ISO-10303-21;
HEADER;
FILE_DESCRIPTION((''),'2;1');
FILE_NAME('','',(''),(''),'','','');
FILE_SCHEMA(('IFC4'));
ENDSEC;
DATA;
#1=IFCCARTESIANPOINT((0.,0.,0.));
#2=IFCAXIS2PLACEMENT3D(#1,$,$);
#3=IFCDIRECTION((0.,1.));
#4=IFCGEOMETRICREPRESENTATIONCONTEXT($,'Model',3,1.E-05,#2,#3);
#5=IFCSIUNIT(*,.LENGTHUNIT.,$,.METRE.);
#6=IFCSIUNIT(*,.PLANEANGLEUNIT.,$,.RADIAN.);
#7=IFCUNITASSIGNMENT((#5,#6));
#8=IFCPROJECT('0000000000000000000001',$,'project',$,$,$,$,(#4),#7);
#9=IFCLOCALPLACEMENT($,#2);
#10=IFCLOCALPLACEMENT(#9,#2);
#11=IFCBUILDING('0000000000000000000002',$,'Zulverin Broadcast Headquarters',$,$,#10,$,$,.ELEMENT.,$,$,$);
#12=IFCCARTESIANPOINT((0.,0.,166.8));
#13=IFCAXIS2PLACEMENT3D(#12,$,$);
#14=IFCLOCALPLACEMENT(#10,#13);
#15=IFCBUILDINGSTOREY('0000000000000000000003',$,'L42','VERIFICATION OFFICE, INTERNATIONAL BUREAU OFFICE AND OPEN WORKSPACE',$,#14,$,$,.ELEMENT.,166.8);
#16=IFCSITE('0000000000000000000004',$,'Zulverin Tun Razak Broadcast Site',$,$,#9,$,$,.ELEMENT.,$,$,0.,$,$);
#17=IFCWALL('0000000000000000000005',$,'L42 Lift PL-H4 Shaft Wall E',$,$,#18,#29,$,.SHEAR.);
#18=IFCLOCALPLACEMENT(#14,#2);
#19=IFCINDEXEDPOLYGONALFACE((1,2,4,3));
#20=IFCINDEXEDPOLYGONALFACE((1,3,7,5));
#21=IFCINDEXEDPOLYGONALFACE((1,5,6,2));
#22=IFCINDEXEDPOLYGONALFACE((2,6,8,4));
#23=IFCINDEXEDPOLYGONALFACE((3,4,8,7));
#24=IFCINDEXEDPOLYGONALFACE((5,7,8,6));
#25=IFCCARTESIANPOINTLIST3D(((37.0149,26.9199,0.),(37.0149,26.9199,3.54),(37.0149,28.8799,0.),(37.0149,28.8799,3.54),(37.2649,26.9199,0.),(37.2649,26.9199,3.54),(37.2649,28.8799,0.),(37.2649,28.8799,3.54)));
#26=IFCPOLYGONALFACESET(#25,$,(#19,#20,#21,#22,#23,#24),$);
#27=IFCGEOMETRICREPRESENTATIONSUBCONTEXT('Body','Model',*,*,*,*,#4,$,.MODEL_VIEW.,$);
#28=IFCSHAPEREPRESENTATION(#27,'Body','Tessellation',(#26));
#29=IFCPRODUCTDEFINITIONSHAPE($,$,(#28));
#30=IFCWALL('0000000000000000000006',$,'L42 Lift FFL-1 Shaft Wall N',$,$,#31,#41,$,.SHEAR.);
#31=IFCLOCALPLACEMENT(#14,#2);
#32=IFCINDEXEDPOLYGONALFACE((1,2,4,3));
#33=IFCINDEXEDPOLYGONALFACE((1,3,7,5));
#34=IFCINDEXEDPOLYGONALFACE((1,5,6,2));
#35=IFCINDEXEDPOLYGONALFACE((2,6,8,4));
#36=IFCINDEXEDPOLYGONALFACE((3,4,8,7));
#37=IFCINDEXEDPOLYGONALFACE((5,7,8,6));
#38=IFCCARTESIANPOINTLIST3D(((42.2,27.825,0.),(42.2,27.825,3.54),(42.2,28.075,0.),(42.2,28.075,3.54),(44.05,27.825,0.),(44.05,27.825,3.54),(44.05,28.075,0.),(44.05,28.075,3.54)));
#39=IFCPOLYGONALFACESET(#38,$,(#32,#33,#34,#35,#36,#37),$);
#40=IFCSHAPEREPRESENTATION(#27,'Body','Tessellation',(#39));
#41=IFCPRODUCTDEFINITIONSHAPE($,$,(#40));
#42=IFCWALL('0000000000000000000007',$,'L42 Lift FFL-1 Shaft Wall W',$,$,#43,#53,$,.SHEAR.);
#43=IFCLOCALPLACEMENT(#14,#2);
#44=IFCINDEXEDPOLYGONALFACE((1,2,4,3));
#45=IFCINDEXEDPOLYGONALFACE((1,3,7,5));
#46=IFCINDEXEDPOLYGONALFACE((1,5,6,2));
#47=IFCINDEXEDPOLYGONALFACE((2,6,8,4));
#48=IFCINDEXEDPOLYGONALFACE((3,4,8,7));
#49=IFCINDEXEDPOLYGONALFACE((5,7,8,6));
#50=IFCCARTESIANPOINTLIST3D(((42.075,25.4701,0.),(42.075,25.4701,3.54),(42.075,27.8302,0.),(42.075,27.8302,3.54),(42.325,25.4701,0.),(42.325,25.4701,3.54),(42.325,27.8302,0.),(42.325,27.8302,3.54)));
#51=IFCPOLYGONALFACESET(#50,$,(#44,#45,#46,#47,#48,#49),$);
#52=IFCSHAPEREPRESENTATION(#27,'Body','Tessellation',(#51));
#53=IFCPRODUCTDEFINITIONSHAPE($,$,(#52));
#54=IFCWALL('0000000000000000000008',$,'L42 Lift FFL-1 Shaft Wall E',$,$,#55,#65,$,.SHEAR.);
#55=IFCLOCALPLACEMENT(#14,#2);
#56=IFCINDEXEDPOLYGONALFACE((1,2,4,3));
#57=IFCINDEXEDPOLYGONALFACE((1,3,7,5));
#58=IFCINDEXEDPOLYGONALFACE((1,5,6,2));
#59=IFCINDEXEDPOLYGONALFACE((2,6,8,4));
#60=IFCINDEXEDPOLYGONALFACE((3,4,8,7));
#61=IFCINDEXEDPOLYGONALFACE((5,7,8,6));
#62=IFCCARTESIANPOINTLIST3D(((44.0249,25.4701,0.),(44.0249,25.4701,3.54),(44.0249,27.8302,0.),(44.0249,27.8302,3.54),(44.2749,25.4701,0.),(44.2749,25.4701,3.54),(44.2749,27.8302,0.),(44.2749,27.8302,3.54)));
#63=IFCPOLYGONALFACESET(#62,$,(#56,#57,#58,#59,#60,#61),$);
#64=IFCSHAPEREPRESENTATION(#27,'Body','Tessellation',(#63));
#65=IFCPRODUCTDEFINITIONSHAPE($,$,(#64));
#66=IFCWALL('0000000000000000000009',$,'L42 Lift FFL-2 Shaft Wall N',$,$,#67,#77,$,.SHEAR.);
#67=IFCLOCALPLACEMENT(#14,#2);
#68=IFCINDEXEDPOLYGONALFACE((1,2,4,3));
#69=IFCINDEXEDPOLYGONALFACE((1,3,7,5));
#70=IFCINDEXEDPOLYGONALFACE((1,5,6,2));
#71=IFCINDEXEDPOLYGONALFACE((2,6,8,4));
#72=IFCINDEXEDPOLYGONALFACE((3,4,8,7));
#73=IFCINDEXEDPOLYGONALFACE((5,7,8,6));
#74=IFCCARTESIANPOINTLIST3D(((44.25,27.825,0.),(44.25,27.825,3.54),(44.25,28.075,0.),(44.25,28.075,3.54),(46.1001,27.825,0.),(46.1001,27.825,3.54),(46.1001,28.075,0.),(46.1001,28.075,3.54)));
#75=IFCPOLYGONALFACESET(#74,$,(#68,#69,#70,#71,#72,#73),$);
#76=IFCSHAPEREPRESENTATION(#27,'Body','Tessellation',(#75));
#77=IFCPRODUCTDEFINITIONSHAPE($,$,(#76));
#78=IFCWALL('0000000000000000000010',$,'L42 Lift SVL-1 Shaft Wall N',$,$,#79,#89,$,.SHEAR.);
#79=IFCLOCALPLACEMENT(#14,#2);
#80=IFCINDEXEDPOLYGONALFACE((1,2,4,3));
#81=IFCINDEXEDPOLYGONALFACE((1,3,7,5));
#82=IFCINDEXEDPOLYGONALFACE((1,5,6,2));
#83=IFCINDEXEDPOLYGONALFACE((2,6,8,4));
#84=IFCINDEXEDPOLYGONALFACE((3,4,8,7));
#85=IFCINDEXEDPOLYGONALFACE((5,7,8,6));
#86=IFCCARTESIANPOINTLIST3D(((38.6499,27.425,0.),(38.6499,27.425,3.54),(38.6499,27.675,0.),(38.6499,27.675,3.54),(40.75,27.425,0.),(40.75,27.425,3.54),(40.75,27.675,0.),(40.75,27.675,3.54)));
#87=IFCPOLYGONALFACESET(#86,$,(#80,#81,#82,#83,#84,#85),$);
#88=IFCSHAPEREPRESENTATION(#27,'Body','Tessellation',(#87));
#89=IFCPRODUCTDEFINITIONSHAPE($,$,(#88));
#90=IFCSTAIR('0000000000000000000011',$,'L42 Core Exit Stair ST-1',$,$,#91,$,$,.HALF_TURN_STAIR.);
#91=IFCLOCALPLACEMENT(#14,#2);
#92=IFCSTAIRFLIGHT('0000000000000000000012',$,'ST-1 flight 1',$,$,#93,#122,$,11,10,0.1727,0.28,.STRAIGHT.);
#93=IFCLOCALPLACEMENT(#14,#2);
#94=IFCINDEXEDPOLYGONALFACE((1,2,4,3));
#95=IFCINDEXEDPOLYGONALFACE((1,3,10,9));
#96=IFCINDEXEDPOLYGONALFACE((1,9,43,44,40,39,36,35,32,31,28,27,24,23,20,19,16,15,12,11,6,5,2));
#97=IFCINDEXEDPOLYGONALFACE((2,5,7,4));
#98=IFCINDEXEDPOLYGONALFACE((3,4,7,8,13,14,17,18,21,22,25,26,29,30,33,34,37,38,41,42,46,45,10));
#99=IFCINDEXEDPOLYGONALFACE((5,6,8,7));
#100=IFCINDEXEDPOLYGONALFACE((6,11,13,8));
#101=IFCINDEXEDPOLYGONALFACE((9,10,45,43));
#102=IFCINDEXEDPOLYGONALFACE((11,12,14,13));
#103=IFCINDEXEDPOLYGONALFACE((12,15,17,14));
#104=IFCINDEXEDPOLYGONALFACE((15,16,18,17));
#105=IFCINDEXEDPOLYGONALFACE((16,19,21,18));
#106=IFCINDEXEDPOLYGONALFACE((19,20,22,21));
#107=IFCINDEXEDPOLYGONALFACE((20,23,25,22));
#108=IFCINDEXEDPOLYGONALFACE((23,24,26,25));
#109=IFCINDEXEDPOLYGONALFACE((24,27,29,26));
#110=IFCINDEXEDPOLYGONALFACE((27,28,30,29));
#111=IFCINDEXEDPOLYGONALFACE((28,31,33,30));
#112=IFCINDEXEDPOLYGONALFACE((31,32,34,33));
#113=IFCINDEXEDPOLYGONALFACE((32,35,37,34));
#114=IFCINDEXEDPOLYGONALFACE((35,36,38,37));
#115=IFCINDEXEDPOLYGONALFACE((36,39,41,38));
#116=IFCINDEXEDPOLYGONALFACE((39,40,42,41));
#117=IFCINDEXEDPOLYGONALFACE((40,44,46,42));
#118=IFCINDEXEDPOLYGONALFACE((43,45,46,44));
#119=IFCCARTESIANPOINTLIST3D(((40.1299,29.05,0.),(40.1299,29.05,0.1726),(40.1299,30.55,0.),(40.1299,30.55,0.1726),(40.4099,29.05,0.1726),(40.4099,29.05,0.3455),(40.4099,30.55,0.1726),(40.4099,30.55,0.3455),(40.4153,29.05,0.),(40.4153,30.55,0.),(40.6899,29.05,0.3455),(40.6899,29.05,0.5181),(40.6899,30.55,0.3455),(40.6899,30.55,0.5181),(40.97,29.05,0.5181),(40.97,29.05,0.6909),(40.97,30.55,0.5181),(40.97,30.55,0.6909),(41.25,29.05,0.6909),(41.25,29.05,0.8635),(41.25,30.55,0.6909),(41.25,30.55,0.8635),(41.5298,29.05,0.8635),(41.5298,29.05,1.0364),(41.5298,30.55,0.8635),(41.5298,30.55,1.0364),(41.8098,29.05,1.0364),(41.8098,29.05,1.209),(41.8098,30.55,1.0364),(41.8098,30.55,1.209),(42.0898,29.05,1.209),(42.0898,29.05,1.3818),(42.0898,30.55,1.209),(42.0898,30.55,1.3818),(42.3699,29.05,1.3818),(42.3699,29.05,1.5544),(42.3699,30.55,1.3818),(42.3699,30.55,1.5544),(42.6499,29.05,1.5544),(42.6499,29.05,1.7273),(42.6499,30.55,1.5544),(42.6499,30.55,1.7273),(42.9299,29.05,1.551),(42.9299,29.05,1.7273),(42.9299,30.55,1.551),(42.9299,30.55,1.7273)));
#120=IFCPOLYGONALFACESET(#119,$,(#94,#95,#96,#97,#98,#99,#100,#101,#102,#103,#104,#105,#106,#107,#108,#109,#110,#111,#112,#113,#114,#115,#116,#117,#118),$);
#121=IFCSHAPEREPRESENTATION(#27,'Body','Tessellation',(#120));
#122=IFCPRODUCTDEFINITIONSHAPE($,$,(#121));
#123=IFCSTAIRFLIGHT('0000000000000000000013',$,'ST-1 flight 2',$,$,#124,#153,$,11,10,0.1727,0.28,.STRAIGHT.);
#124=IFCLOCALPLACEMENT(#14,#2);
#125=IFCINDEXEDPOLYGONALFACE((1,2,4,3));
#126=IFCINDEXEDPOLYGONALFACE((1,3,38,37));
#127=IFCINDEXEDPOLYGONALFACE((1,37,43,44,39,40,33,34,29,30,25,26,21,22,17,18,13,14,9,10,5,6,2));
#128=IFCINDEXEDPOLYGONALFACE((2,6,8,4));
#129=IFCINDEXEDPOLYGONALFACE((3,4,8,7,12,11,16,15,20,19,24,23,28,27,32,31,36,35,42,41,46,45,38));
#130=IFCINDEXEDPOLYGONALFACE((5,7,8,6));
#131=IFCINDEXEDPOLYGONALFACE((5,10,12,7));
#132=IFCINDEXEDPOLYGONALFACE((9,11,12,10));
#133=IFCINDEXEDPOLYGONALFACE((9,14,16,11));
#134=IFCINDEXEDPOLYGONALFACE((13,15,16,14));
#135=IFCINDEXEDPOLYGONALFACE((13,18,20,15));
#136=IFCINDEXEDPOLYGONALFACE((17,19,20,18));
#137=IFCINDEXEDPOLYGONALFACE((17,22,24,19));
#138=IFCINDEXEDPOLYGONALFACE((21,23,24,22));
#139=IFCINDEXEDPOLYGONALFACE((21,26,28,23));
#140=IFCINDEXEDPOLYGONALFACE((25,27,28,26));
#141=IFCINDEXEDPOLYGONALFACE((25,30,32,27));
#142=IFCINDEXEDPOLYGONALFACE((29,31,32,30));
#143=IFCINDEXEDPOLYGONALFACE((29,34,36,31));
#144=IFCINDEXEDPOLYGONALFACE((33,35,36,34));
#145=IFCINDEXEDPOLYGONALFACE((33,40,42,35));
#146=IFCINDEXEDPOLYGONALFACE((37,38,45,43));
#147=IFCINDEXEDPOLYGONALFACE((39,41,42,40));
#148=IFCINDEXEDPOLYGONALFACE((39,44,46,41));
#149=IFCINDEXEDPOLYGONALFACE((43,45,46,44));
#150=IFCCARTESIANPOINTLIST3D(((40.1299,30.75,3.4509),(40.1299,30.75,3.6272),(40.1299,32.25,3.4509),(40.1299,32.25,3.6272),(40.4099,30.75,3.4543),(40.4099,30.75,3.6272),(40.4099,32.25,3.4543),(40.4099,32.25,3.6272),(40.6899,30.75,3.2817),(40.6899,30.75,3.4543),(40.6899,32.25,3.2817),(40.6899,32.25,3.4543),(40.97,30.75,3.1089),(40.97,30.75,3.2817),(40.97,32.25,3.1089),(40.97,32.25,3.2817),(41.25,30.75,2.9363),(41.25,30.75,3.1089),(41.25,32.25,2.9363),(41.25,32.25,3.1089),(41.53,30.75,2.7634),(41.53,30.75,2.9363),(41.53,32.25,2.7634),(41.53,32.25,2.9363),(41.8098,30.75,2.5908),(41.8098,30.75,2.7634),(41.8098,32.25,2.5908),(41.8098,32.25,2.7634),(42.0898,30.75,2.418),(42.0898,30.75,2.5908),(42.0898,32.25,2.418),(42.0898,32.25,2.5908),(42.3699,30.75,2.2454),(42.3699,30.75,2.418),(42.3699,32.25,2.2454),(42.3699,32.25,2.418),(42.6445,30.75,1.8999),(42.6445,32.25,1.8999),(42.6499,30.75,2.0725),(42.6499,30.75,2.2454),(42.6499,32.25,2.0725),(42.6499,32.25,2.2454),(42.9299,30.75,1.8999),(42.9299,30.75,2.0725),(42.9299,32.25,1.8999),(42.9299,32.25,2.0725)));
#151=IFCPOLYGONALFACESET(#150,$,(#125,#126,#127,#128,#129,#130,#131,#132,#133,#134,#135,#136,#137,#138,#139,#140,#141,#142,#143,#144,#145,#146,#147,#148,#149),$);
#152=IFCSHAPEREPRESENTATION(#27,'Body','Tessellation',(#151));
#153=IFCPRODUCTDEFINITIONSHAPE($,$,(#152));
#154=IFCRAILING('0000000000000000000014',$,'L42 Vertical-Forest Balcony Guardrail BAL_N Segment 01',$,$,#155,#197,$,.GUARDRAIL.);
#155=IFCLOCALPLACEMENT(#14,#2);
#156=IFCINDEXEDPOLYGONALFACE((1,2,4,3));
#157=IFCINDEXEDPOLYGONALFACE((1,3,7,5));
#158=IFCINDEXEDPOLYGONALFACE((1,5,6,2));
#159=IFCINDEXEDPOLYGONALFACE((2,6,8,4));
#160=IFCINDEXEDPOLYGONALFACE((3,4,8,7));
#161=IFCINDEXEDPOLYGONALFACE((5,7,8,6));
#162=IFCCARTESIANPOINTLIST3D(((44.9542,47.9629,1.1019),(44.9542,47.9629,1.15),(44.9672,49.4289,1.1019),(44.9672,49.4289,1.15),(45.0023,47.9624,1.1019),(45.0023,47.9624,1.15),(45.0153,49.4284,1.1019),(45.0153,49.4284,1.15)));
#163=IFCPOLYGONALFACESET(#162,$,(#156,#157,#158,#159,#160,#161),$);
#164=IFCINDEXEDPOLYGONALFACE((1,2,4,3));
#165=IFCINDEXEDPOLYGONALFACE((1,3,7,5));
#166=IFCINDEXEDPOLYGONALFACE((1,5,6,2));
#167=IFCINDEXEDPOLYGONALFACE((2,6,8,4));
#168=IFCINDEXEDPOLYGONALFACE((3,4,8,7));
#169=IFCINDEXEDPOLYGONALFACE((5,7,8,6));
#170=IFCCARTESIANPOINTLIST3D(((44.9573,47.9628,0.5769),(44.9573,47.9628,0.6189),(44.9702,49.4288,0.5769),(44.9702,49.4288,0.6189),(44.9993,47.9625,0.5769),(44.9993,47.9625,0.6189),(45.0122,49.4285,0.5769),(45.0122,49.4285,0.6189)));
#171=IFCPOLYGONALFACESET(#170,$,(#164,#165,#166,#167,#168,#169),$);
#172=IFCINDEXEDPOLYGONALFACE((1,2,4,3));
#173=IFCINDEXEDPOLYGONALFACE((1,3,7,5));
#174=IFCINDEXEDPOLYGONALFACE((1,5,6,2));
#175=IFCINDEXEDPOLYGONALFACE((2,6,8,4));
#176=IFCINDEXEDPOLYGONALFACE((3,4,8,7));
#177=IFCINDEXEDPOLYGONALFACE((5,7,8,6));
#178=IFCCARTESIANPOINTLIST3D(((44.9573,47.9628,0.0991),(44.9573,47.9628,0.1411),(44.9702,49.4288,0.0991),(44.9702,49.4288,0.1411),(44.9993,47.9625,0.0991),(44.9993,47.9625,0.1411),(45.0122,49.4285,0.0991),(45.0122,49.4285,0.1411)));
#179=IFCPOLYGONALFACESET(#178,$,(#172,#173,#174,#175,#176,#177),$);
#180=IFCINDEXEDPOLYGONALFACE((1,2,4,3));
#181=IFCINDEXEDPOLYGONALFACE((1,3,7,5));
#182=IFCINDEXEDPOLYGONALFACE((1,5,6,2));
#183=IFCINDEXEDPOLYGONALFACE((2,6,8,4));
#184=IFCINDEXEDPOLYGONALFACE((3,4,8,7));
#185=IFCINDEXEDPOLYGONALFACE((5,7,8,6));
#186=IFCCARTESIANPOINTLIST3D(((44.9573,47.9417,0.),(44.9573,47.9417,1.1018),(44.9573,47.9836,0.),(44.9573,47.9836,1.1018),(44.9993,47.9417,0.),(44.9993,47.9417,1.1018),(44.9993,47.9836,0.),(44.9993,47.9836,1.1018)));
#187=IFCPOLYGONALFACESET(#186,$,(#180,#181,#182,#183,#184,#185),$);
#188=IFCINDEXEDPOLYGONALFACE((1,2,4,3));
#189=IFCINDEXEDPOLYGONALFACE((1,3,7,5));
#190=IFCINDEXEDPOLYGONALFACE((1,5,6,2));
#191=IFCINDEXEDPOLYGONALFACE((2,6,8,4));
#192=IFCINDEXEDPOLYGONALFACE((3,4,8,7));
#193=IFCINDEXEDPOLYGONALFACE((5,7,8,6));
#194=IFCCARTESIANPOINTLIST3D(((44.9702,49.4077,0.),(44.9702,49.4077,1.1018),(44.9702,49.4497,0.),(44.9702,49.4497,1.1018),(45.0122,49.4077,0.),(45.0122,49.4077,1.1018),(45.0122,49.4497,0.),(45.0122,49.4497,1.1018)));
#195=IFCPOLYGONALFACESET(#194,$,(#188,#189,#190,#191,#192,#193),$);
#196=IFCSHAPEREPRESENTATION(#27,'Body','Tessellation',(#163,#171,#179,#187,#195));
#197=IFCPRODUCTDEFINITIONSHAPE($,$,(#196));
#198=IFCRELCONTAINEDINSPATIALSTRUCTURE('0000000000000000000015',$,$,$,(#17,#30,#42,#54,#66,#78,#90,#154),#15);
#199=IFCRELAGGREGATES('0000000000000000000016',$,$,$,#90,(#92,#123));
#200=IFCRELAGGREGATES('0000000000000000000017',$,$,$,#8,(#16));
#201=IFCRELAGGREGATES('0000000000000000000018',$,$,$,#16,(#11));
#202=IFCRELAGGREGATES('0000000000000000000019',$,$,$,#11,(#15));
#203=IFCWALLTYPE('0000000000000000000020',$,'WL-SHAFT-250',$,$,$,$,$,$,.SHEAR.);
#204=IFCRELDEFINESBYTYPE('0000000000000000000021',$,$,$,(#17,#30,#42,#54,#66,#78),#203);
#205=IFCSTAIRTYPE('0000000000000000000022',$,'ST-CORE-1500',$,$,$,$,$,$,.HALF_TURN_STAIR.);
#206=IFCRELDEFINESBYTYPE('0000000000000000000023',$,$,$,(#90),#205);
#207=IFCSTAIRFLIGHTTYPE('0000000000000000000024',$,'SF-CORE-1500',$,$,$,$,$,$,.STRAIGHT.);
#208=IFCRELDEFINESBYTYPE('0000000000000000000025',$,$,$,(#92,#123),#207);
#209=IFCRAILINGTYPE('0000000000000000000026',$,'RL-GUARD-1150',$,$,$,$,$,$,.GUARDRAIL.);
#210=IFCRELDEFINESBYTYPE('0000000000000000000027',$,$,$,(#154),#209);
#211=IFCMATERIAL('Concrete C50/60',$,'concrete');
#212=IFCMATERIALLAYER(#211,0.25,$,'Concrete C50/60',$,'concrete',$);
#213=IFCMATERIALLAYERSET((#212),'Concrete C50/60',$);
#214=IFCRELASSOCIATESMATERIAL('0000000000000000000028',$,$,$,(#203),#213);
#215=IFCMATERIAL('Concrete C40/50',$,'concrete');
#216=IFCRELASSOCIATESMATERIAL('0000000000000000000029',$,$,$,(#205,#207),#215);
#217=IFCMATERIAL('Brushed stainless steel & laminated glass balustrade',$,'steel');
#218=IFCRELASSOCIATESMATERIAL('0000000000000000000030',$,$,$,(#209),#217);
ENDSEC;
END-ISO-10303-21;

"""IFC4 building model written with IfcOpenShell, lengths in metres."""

from ifc_helpers import new_model, si_unit, direction, frame, frame_2d, origin, origin_2d, place, context, subcontext, project, spatial, polyline, rectangle, outline, extrude, material, layer, layer_set, type_object, element, aggregate, save


model = new_model("IFC4")

# Units and contexts
model_context = context("Model", 3, precision=1e-05, world=origin(), true_north=direction((0.0, 1.0)))
body_context = subcontext(model_context, "Body", "Model", "MODEL_VIEW")
ifc_project = project(units=[si_unit("LENGTHUNIT", "METRE"), si_unit("PLANEANGLEUNIT", "RADIAN")], contexts=[model_context])

# Site, building, storey
site_placement = place(None, origin())
site = spatial("IfcSite", under=ifc_project, at=site_placement, Name="Zulverin Tun Razak Broadcast Site", CompositionType="ELEMENT", RefElevation=0.0)
building_placement = place(site_placement, origin())
building = spatial("IfcBuilding", under=site, at=building_placement, Name="Zulverin Broadcast Headquarters", CompositionType="ELEMENT")
storey_placement = place(building_placement, frame((0.0, 0.0, 166.8)))
storey = spatial("IfcBuildingStorey", under=building, at=storey_placement, Name="L42", Description="VERIFICATION OFFICE, INTERNATIONAL BUREAU OFFICE AND OPEN WORKSPACE", CompositionType="ELEMENT", Elevation=166.8)

# Shared definitions
ifc_material_1 = material(Name="Concrete C50/60", Category="concrete")

# Shared definitions
ifc_material_2 = material(Name="Concrete C40/50", Category="concrete")

# Shared definitions
ifc_layer_1 = layer(ifc_material_1, 0.25, Name="Concrete C50/60", Category="concrete")
ifc_layer_set_1 = layer_set([ifc_layer_1], Name="Concrete C50/60")
wall_type_1 = type_object("IfcWallType", Name="WL-SHAFT-250", PredefinedType="SHEAR", material=ifc_layer_set_1)

# Walls
wall_1_placement = place(storey_placement, frame((37.1399, 26.9199, 0.0), z_axis=(0.0, 0.0, 1.0), x_axis=(0.0, 1.0, 0.0)))
element("IfcWall", 1, at=wall_1_placement, inside=storey, type_object=wall_type_1, Name="L42 Lift PL-H4 Shaft Wall E", PredefinedType="SHEAR", context=body_context, shape_type="SweptSolid", body=[
    extrude(rectangle(XDim=1.96, YDim=0.25, at=frame_2d((0.98, 0.0))), origin(), (0.0, 0.0, 1.0), 3.54),
])
wall_2_placement = place(storey_placement, frame((42.2, 27.95, 0.0), z_axis=(0.0, 0.0, 1.0), x_axis=(1.0, 0.0, 0.0)))
element("IfcWall", 2, at=wall_2_placement, inside=storey, type_object=wall_type_1, Name="L42 Lift FFL-1 Shaft Wall N", PredefinedType="SHEAR", context=body_context, shape_type="SweptSolid", body=[
    extrude(rectangle(XDim=1.8501, YDim=0.25, at=frame_2d((0.925, 0.0))), origin(), (0.0, 0.0, 1.0), 3.54),
])
for number, where, z_axis, x_axis, name in (
    (3, (42.2, 25.47, 0.0), (0.0, 0.0, 1.0), (0.0, 1.0, 0.0), "L42 Lift FFL-1 Shaft Wall W"),
    (4, (44.1499, 25.47, 0.0), (0.0, 0.0, 1.0), (0.0, 1.0, 0.0), "L42 Lift FFL-1 Shaft Wall E"),
):
    element("IfcWall", number, at=place(storey_placement, frame(where, z_axis=z_axis, x_axis=x_axis)), inside=storey, type_object=wall_type_1, Name=name, PredefinedType="SHEAR", context=body_context, shape_type="SweptSolid", body=[
        extrude(rectangle(XDim=2.3601, YDim=0.25, at=frame_2d((1.1802, 0.0))), origin(), (0.0, 0.0, 1.0), 3.54),
    ])
wall_3_placement = place(storey_placement, frame((44.25, 27.95, 0.0), z_axis=(0.0, 0.0, 1.0), x_axis=(1.0, 0.0, 0.0)))
element("IfcWall", 5, at=wall_3_placement, inside=storey, type_object=wall_type_1, Name="L42 Lift FFL-2 Shaft Wall N", PredefinedType="SHEAR", context=body_context, shape_type="SweptSolid", body=[
    extrude(rectangle(XDim=1.8501, YDim=0.25, at=frame_2d((0.925, 0.0))), origin(), (0.0, 0.0, 1.0), 3.54),
])
wall_4_placement = place(storey_placement, frame((38.6499, 27.55, 0.0), z_axis=(0.0, 0.0, 1.0), x_axis=(1.0, 0.0, 0.0)))
element("IfcWall", 6, at=wall_4_placement, inside=storey, type_object=wall_type_1, Name="L42 Lift SVL-1 Shaft Wall N", PredefinedType="SHEAR", context=body_context, shape_type="SweptSolid", body=[
    extrude(rectangle(XDim=2.1001, YDim=0.25, at=frame_2d((1.05, 0.0))), origin(), (0.0, 0.0, 1.0), 3.54),
])

# Stair, stair flights
stair_type = type_object("IfcStairType", Name="ST-CORE-1500", PredefinedType="HALF_TURN_STAIR", material=ifc_material_2)
stair_placement = place(storey_placement, origin())
stair = element("IfcStair", 7, at=stair_placement, inside=storey, type_object=stair_type, Name="L42 Core Exit Stair ST-1", PredefinedType="HALF_TURN_STAIR")
stair_flight_type = type_object("IfcStairFlightType", Name="SF-CORE-1500", PredefinedType="STRAIGHT", material=ifc_material_2)
stair_flight_1_placement = place(storey_placement, frame((40.1299, 29.8, 0.0), z_axis=(0.0, 0.0, 1.0), x_axis=(1.0, 0.0, 0.0)))
stair_flight_1 = element("IfcStairFlight", 8, at=stair_flight_1_placement, type_object=stair_flight_type, Name="ST-1 flight 1", NumberOfRisers=11, NumberOfTreads=10, PredefinedType="STRAIGHT", RiserHeight=0.1727, TreadLength=0.28, context=body_context, shape_type="SweptSolid", body=[
    extrude(outline(polyline([(0.0, 0.0), (0.0, 0.1726), (0.28, 0.1726), (0.28, 0.3455), (0.5601, 0.3455), (0.5601, 0.5181), (0.8401, 0.5181), (0.8401, 0.6909), (1.1201, 0.6909), (1.1201, 0.8635), (1.3999, 0.8635), (1.3999, 1.0364), (1.6799, 1.0364), (1.6799, 1.209), (1.96, 1.209), (1.96, 1.3818), (2.24, 1.3818), (2.24, 1.5544), (2.52, 1.5544), (2.52, 1.7273), (2.8, 1.7273), (2.8, 1.8999), (2.8, 1.551), (0.2854, 0.0), (0.0, 0.0)])), frame((0.0, 0.75, 0.0), z_axis=(0.0, -1.0, 0.0), x_axis=(1.0, 0.0, 0.0)), (0.0, 0.0, 1.0), 1.5),
])
stair_flight_2_placement = place(storey_placement, frame((42.9299, 31.5, 1.8999), z_axis=(0.0, 0.0, 1.0), x_axis=(-1.0, 0.0, 0.0)))
stair_flight_2 = element("IfcStairFlight", 9, at=stair_flight_2_placement, type_object=stair_flight_type, Name="ST-1 flight 2", NumberOfRisers=11, NumberOfTreads=10, PredefinedType="STRAIGHT", RiserHeight=0.1727, TreadLength=0.28, context=body_context, shape_type="SweptSolid", body=[
    extrude(outline(polyline([(0.0, 0.0), (0.0, 0.1726), (0.28, 0.1726), (0.28, 0.3455), (0.5601, 0.3455), (0.5601, 0.5181), (0.8401, 0.5181), (0.8401, 0.6909), (1.1201, 0.6909), (1.1201, 0.8635), (1.3999, 0.8635), (1.3999, 1.0364), (1.6799, 1.0364), (1.6799, 1.209), (1.96, 1.209), (1.96, 1.3818), (2.24, 1.3818), (2.24, 1.5544), (2.52, 1.5544), (2.52, 1.7273), (2.8, 1.7273), (2.8, 1.8999), (2.8, 1.551), (0.2854, 0.0), (0.0, 0.0)])), frame((0.0, 0.75, 0.0), z_axis=(0.0, -1.0, 0.0), x_axis=(1.0, 0.0, 0.0)), (0.0, 0.0, 1.0), 1.5),
])
aggregate(stair, [stair_flight_1, stair_flight_2])

# Railing
ifc_material_3 = material(Name="Brushed stainless steel & laminated glass balustrade", Category="steel")
railing_type_1 = type_object("IfcRailingType", Name="RL-GUARD-1150", PredefinedType="GUARDRAIL", material=ifc_material_3)
railing_1_placement = place(storey_placement, frame((44.9783, 47.9626, 0.0)))
element("IfcRailing", 10, at=railing_1_placement, inside=storey, type_object=railing_type_1, Name="L42 Vertical-Forest Balcony Guardrail BAL_N Segment 01", PredefinedType="GUARDRAIL", context=body_context, shape_type="SweptSolid", body=[
    extrude(rectangle(XDim=0.0481, YDim=0.0481, at=origin_2d()), frame((0.0, 0.0, 1.126), z_axis=(0.008826, 0.999961, 0.0), x_axis=(-0.999961, 0.008826, 0.0)), (0.0, 0.0, 1.0), 1.4661),
    extrude(rectangle(XDim=0.042, YDim=0.042, at=origin_2d()), frame((0.0, 0.0, 0.5979), z_axis=(0.008826, 0.999961, 0.0), x_axis=(-0.999961, 0.008826, 0.0)), (0.0, 0.0, 1.0), 1.4661),
    extrude(rectangle(XDim=0.042, YDim=0.042, at=origin_2d()), frame((0.0, 0.0, 0.1201), z_axis=(0.008826, 0.999961, 0.0), x_axis=(-0.999961, 0.008826, 0.0)), (0.0, 0.0, 1.0), 1.4661),
    extrude(rectangle(XDim=0.042, YDim=0.042, at=origin_2d()), origin(), (0.0, 0.0, 1.0), 1.1018),
    extrude(rectangle(XDim=0.042, YDim=0.042, at=origin_2d()), frame((0.0129, 1.4661, 0.0)), (0.0, 0.0, 1.0), 1.1018),
])

save(model, "model.ifc")
